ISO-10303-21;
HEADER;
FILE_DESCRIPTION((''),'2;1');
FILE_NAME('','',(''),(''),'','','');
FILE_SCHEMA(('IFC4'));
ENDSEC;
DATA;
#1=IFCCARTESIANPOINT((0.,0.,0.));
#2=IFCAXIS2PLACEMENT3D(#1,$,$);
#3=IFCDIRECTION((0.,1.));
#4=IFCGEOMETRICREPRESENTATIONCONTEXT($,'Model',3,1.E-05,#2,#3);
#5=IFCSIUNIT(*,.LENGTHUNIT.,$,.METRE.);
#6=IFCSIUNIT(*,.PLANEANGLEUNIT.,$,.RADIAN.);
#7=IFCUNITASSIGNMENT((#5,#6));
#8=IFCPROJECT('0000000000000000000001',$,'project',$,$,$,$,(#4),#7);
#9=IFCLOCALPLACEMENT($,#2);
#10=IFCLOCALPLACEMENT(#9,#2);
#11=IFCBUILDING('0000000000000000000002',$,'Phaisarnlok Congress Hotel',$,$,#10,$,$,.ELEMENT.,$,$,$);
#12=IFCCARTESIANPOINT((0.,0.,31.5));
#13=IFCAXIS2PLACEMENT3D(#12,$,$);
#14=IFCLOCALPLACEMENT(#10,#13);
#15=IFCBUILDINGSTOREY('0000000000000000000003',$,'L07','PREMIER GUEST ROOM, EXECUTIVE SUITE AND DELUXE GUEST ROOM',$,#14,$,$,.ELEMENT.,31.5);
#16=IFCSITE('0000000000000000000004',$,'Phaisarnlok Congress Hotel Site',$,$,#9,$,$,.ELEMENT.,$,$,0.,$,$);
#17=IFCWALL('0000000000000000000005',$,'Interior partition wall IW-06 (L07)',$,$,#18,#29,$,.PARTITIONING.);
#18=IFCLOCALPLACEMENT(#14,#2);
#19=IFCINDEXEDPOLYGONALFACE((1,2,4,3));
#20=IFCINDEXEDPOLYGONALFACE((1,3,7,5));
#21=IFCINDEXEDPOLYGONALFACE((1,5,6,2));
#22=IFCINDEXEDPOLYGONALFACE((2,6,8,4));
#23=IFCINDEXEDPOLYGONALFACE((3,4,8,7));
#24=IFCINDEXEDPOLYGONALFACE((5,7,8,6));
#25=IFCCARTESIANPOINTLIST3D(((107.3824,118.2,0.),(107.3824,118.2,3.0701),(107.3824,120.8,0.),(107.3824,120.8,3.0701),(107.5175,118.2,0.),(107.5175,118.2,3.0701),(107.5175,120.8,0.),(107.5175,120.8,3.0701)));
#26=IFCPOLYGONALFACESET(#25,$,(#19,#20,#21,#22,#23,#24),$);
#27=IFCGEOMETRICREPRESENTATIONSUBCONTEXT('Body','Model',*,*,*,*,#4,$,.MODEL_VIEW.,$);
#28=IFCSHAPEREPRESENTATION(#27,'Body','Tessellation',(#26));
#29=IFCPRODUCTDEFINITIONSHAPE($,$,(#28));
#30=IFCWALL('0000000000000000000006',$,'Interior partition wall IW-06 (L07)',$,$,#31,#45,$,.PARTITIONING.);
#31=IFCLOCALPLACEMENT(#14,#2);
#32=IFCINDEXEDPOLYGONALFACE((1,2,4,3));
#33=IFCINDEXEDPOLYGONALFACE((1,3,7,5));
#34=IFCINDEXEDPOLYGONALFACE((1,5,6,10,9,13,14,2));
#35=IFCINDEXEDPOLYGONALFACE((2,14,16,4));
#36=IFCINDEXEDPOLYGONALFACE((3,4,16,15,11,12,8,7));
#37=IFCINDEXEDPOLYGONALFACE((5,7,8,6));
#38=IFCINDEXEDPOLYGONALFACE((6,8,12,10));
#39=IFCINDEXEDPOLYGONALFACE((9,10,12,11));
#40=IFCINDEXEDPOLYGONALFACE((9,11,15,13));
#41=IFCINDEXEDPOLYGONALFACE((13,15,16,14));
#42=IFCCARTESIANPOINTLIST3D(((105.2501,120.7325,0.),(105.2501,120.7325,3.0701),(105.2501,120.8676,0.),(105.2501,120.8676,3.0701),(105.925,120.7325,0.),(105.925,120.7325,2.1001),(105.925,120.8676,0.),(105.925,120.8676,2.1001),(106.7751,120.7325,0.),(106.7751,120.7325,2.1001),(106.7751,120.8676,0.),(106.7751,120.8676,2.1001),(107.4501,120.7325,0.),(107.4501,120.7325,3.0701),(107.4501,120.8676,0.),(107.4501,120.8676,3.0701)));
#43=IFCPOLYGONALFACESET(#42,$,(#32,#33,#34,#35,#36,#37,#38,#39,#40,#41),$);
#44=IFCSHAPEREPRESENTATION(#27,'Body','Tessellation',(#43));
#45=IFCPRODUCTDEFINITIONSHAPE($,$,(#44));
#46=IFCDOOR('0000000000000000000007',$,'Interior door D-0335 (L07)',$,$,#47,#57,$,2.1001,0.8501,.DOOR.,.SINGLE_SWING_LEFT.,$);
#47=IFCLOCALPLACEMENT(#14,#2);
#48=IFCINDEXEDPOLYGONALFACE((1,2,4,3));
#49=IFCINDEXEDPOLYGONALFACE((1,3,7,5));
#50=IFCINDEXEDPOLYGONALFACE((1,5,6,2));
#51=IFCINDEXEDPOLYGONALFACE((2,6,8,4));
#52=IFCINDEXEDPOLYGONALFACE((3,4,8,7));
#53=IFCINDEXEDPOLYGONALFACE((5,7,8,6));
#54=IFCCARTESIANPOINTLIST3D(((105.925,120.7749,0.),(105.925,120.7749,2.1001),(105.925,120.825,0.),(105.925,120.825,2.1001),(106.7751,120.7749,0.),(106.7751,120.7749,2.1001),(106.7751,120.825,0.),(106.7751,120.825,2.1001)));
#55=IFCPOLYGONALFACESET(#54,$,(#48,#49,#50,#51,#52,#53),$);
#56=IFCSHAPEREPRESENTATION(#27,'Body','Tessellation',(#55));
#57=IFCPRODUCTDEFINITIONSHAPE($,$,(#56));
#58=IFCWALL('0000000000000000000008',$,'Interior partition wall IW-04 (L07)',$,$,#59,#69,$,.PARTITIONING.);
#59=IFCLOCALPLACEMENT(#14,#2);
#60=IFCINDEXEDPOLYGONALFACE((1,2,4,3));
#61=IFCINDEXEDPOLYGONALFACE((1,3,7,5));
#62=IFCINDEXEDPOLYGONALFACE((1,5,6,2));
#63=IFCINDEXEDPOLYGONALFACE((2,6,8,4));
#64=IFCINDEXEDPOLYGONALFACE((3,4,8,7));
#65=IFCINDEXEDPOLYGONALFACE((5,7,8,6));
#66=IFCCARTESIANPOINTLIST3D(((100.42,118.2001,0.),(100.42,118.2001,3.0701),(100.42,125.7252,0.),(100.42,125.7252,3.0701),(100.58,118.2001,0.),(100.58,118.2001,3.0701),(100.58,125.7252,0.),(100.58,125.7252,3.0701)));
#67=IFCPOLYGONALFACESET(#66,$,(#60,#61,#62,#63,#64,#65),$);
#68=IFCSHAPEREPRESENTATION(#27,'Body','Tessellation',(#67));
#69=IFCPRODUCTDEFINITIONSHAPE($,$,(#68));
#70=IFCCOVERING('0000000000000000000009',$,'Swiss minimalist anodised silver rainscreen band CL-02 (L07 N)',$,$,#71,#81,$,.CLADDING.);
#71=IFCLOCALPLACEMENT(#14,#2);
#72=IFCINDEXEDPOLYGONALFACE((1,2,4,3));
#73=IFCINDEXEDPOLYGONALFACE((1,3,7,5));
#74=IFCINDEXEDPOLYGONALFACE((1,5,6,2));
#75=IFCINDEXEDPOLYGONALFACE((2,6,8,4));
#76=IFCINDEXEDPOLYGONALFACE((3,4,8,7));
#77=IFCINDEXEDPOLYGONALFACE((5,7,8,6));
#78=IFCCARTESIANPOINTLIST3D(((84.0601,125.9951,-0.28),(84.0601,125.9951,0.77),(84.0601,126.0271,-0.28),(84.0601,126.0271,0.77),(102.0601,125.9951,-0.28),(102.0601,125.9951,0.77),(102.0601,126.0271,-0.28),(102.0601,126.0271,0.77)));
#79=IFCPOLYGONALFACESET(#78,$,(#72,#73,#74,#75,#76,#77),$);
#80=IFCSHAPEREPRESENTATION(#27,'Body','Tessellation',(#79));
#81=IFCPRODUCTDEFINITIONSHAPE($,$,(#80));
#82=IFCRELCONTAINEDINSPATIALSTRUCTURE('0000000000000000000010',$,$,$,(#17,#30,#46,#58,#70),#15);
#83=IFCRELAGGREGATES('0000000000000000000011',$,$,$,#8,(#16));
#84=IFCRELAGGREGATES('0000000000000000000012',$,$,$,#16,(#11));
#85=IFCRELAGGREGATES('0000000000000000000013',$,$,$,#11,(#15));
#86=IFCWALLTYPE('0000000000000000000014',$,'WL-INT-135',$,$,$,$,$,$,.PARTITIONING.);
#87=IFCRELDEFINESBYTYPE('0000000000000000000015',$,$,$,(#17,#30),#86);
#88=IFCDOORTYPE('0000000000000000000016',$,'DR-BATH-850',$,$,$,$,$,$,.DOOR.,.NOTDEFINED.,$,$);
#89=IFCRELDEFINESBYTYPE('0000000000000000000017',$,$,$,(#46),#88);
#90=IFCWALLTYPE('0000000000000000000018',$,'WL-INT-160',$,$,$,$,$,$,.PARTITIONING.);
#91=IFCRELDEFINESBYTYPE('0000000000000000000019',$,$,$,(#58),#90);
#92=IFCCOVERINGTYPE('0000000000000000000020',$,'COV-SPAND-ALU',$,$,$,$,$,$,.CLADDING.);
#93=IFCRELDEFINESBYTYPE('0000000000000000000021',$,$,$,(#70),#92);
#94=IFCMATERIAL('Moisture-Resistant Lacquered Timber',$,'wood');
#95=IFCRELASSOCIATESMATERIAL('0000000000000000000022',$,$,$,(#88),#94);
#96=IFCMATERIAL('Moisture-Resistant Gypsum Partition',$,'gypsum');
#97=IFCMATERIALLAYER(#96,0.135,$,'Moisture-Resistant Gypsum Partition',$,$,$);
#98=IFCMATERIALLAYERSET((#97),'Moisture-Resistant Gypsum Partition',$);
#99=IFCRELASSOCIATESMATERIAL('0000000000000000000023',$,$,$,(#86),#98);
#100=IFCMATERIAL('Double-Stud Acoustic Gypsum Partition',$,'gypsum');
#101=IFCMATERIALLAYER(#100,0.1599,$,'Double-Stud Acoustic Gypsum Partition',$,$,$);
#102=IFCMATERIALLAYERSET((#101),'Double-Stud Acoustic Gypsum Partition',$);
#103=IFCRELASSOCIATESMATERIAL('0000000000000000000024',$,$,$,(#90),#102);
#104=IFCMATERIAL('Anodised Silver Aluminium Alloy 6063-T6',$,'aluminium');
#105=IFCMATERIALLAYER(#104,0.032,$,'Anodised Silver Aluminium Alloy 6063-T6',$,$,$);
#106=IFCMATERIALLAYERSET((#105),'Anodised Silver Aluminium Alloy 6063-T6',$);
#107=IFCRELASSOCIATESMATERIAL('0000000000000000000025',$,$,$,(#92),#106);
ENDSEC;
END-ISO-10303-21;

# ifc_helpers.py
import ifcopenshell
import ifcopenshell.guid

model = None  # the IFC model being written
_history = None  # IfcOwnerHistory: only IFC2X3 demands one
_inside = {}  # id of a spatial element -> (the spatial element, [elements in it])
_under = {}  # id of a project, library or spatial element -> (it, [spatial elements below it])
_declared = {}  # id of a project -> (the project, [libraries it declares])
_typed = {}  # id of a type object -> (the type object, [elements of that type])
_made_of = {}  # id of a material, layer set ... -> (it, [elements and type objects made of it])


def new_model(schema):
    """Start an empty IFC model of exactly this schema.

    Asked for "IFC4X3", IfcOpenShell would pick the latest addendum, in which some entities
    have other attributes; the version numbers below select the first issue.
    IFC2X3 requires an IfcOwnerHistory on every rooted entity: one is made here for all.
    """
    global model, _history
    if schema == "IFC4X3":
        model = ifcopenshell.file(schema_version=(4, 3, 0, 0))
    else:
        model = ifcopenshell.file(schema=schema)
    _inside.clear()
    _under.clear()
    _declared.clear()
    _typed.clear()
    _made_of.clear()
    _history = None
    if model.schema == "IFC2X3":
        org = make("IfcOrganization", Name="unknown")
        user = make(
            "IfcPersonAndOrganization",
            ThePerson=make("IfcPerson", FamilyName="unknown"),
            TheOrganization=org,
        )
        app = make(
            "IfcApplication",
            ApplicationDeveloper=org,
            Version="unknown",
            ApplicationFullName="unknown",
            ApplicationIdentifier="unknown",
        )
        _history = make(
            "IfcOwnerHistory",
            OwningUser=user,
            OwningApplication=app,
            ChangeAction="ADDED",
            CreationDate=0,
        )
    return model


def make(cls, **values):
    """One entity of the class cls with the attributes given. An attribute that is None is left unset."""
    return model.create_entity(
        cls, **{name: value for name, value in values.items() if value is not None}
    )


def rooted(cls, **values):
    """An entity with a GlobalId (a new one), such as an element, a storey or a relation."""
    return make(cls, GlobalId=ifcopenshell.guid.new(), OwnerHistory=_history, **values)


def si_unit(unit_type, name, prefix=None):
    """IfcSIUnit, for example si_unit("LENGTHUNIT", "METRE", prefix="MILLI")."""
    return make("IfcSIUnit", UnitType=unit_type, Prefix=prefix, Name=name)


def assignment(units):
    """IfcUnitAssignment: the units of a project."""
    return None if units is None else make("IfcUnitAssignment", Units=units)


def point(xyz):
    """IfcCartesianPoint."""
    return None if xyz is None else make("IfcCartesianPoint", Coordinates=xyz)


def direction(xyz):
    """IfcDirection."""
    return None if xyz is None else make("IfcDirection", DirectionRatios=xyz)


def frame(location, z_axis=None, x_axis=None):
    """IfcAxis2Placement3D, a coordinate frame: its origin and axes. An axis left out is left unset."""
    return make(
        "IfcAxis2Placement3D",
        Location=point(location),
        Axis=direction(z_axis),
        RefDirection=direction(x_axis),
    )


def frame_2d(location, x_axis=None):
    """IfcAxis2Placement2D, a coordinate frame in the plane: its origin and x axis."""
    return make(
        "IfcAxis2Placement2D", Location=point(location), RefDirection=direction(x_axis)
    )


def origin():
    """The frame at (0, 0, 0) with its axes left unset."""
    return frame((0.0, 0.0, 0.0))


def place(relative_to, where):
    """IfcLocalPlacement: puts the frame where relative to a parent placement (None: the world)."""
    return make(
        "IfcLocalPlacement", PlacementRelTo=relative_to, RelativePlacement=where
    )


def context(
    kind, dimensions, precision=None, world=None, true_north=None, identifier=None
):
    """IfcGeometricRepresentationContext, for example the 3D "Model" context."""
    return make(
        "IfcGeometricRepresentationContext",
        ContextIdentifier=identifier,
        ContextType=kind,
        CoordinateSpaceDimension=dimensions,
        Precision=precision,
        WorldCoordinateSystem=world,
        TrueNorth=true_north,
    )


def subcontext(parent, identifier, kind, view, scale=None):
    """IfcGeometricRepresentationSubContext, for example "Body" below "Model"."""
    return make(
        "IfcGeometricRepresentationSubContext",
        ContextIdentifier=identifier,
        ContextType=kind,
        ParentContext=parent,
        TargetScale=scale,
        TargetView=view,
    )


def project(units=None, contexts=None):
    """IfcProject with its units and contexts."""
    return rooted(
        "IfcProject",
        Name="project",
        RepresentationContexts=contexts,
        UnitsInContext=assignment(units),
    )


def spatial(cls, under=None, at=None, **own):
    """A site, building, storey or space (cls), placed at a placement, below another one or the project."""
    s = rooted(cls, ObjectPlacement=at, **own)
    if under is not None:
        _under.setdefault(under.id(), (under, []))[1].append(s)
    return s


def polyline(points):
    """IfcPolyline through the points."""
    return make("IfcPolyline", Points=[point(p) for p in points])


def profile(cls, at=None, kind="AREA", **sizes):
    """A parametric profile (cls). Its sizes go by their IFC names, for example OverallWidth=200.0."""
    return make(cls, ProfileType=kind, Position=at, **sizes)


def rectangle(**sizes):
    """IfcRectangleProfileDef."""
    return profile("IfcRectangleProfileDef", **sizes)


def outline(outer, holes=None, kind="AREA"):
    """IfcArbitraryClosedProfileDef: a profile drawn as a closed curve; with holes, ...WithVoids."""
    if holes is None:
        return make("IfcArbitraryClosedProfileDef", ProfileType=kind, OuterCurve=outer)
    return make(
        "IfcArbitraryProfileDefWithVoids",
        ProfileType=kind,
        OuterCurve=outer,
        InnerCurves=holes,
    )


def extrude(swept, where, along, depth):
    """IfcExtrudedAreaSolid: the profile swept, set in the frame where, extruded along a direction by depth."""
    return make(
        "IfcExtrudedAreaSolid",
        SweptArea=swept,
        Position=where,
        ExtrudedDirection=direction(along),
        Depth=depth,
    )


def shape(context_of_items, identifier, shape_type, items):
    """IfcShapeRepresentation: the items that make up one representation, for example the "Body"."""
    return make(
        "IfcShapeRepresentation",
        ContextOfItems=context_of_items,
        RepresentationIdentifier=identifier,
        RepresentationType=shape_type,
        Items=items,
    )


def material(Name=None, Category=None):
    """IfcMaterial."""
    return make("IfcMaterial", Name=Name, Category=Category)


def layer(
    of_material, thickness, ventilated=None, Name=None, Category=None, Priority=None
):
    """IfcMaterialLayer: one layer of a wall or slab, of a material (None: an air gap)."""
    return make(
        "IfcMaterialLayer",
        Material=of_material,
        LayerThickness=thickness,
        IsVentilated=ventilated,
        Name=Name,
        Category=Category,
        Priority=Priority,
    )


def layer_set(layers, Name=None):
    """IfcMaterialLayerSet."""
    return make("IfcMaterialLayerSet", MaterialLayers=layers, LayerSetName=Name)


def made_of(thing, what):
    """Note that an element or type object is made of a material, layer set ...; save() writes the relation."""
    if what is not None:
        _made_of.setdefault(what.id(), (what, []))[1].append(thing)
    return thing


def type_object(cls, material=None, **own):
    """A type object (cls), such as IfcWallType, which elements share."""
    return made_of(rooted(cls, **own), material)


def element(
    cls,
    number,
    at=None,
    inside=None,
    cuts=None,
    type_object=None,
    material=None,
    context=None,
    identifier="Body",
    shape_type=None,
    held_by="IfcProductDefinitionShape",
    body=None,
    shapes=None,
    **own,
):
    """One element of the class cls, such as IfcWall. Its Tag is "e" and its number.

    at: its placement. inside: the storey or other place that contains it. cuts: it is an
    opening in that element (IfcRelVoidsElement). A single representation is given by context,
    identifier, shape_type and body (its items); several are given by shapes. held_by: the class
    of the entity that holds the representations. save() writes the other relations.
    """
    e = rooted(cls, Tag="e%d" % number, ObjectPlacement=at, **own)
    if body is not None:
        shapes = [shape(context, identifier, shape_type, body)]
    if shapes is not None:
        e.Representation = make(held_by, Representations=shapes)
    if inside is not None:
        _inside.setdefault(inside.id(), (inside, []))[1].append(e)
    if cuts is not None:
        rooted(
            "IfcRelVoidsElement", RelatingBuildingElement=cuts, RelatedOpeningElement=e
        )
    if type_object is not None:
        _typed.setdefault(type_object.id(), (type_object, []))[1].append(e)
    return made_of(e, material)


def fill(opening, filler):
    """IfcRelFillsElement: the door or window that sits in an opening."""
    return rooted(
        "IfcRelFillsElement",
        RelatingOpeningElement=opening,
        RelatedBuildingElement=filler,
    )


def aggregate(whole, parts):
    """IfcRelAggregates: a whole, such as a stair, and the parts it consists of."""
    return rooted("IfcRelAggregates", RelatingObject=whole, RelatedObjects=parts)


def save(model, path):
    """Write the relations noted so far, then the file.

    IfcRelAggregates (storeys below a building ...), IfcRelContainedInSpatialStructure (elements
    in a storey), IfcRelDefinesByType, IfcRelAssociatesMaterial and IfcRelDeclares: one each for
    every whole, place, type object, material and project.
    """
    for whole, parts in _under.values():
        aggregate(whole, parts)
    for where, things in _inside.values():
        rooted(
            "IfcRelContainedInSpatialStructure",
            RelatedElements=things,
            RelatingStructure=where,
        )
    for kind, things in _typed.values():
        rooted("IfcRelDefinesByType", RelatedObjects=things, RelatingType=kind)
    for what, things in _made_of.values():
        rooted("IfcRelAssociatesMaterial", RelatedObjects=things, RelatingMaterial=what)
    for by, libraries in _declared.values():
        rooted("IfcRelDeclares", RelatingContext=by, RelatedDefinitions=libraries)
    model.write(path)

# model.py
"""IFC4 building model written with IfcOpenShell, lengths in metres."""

from ifc_helpers import new_model, si_unit, direction, frame, frame_2d, origin, place, context, subcontext, project, spatial, polyline, rectangle, outline, extrude, material, layer, layer_set, type_object, element, fill, save


model = new_model("IFC4")

# Units and contexts
model_context = context("Model", 3, precision=1e-05, world=origin(), true_north=direction((0.0, 1.0)))
body_context = subcontext(model_context, "Body", "Model", "MODEL_VIEW")
ifc_project = project(units=[si_unit("LENGTHUNIT", "METRE"), si_unit("PLANEANGLEUNIT", "RADIAN")], contexts=[model_context])

# Site, building, storey
site_placement = place(None, origin())
site = spatial("IfcSite", under=ifc_project, at=site_placement, Name="Phaisarnlok Congress Hotel Site", CompositionType="ELEMENT", RefElevation=0.0)
building_placement = place(site_placement, origin())
building = spatial("IfcBuilding", under=site, at=building_placement, Name="Phaisarnlok Congress Hotel", CompositionType="ELEMENT")
storey_placement = place(building_placement, frame((0.0, 0.0, 31.5)))
storey = spatial("IfcBuildingStorey", under=building, at=storey_placement, Name="L07", Description="PREMIER GUEST ROOM, EXECUTIVE SUITE AND DELUXE GUEST ROOM", CompositionType="ELEMENT", Elevation=31.5)

# Shared definitions
ifc_material_1 = material(Name="Moisture-Resistant Lacquered Timber", Category="wood")
door_type = type_object("IfcDoorType", Name="DR-BATH-850", OperationType="NOTDEFINED", PredefinedType="DOOR", material=ifc_material_1)

# Wall
ifc_material_2 = material(Name="Moisture-Resistant Gypsum Partition", Category="gypsum")
ifc_layer_1 = layer(ifc_material_2, 0.135, Name="Moisture-Resistant Gypsum Partition")
ifc_layer_set_1 = layer_set([ifc_layer_1], Name="Moisture-Resistant Gypsum Partition")
wall_type_1 = type_object("IfcWallType", Name="WL-INT-135", PredefinedType="PARTITIONING", material=ifc_layer_set_1)
for number, where, z_axis, x_axis, name in (
    (1, (107.45, 118.2, 0.0), (0.0, 0.0, 1.0), (0.0, 1.0, 0.0), "Interior partition wall IW-06 (L07)"),
):
    element("IfcWall", number, at=place(storey_placement, frame(where, z_axis=z_axis, x_axis=x_axis)), inside=storey, type_object=wall_type_1, Name=name, PredefinedType="PARTITIONING", context=body_context, shape_type="SweptSolid", body=[
        extrude(rectangle(XDim=2.6001, YDim=0.135, at=frame_2d((1.3, 0.0))), origin(), (0.0, 0.0, 1.0), 3.0701),
    ])

# Wall, opening, door
wall_1_placement = place(storey_placement, frame((105.25, 120.8, 0.0), z_axis=(0.0, 0.0, 1.0), x_axis=(1.0, 0.0, 0.0)))
wall_1 = element("IfcWall", 2, at=wall_1_placement, inside=storey, type_object=wall_type_1, Name="Interior partition wall IW-06 (L07)", PredefinedType="PARTITIONING", context=body_context, shape_type="SweptSolid", body=[
    extrude(rectangle(XDim=2.2, YDim=0.135, at=frame_2d((1.1001, 0.0))), origin(), (0.0, 0.0, 1.0), 3.0701),
])
opening_1_placement = place(wall_1_placement, frame((0.675, 0.0, 0.0)))
opening_1 = element("IfcOpeningElement", 3, at=opening_1_placement, cuts=wall_1, PredefinedType="OPENING", context=body_context, shape_type="SweptSolid", body=[
    extrude(rectangle(XDim=0.8501, YDim=2.1001, at=frame_2d((0.425, 1.05))), frame((0.0, 0.0776, 0.0), z_axis=(0.0, -1.0, 0.0), x_axis=(1.0, 0.0, 0.0)), (0.0, 0.0, 1.0), 0.155),
])
door_1_placement = place(opening_1_placement, origin())
door_1 = element("IfcDoor", 4, at=door_1_placement, inside=storey, type_object=door_type, Name="Interior door D-0335 (L07)", OperationType="SINGLE_SWING_LEFT", OverallHeight=2.1001, OverallWidth=0.8501, PredefinedType="DOOR", context=body_context, shape_type="SweptSolid", body=[
    extrude(rectangle(XDim=0.8501, YDim=2.1001, at=frame_2d((0.425, 1.05))), frame((0.0, 0.0249, 0.0), z_axis=(0.0, -1.0, 0.0), x_axis=(1.0, 0.0, 0.0)), (0.0, 0.0, 1.0), 0.05),
])
fill(opening_1, door_1)

# Wall
ifc_material_3 = material(Name="Double-Stud Acoustic Gypsum Partition", Category="gypsum")
ifc_layer_2 = layer(ifc_material_3, 0.1599, Name="Double-Stud Acoustic Gypsum Partition")
ifc_layer_set_2 = layer_set([ifc_layer_2], Name="Double-Stud Acoustic Gypsum Partition")
wall_type_2 = type_object("IfcWallType", Name="WL-INT-160", PredefinedType="PARTITIONING", material=ifc_layer_set_2)
wall_2_placement = place(storey_placement, frame((100.5, 118.2, 0.0), z_axis=(0.0, 0.0, 1.0), x_axis=(0.0, 1.0, 0.0)))
element("IfcWall", 5, at=wall_2_placement, inside=storey, type_object=wall_type_2, Name="Interior partition wall IW-04 (L07)", PredefinedType="PARTITIONING", context=body_context, shape_type="SweptSolid", body=[
    extrude(rectangle(XDim=7.5251, YDim=0.1599, at=frame_2d((3.7627, 0.0))), origin(), (0.0, 0.0, 1.0), 3.0701),
])

# Covering
ifc_material_4 = material(Name="Anodised Silver Aluminium Alloy 6063-T6", Category="aluminium")
ifc_layer_3 = layer(ifc_material_4, 0.032, Name="Anodised Silver Aluminium Alloy 6063-T6")
ifc_layer_set_3 = layer_set([ifc_layer_3], Name="Anodised Silver Aluminium Alloy 6063-T6")
covering_type = type_object("IfcCoveringType", Name="COV-SPAND-ALU", PredefinedType="CLADDING", material=ifc_layer_set_3)
covering_placement = place(storey_placement, frame((102.0601, 125.9951, -0.28), z_axis=(0.0, 1.0, 0.0), x_axis=(-1.0, 0.0, 0.0)))
element("IfcCovering", 6, at=covering_placement, inside=storey, type_object=covering_type, Name="Swiss minimalist anodised silver rainscreen band CL-02 (L07 N)", PredefinedType="CLADDING", context=body_context, shape_type="SweptSolid", body=[
    extrude(outline(polyline([(0.0, 0.0), (18.0, 0.0), (18.0, 1.05), (0.0, 1.05), (0.0, 0.0)])), origin(), (0.0, 0.0, 1.0), 0.032),
])

save(model, "model.ifc")
